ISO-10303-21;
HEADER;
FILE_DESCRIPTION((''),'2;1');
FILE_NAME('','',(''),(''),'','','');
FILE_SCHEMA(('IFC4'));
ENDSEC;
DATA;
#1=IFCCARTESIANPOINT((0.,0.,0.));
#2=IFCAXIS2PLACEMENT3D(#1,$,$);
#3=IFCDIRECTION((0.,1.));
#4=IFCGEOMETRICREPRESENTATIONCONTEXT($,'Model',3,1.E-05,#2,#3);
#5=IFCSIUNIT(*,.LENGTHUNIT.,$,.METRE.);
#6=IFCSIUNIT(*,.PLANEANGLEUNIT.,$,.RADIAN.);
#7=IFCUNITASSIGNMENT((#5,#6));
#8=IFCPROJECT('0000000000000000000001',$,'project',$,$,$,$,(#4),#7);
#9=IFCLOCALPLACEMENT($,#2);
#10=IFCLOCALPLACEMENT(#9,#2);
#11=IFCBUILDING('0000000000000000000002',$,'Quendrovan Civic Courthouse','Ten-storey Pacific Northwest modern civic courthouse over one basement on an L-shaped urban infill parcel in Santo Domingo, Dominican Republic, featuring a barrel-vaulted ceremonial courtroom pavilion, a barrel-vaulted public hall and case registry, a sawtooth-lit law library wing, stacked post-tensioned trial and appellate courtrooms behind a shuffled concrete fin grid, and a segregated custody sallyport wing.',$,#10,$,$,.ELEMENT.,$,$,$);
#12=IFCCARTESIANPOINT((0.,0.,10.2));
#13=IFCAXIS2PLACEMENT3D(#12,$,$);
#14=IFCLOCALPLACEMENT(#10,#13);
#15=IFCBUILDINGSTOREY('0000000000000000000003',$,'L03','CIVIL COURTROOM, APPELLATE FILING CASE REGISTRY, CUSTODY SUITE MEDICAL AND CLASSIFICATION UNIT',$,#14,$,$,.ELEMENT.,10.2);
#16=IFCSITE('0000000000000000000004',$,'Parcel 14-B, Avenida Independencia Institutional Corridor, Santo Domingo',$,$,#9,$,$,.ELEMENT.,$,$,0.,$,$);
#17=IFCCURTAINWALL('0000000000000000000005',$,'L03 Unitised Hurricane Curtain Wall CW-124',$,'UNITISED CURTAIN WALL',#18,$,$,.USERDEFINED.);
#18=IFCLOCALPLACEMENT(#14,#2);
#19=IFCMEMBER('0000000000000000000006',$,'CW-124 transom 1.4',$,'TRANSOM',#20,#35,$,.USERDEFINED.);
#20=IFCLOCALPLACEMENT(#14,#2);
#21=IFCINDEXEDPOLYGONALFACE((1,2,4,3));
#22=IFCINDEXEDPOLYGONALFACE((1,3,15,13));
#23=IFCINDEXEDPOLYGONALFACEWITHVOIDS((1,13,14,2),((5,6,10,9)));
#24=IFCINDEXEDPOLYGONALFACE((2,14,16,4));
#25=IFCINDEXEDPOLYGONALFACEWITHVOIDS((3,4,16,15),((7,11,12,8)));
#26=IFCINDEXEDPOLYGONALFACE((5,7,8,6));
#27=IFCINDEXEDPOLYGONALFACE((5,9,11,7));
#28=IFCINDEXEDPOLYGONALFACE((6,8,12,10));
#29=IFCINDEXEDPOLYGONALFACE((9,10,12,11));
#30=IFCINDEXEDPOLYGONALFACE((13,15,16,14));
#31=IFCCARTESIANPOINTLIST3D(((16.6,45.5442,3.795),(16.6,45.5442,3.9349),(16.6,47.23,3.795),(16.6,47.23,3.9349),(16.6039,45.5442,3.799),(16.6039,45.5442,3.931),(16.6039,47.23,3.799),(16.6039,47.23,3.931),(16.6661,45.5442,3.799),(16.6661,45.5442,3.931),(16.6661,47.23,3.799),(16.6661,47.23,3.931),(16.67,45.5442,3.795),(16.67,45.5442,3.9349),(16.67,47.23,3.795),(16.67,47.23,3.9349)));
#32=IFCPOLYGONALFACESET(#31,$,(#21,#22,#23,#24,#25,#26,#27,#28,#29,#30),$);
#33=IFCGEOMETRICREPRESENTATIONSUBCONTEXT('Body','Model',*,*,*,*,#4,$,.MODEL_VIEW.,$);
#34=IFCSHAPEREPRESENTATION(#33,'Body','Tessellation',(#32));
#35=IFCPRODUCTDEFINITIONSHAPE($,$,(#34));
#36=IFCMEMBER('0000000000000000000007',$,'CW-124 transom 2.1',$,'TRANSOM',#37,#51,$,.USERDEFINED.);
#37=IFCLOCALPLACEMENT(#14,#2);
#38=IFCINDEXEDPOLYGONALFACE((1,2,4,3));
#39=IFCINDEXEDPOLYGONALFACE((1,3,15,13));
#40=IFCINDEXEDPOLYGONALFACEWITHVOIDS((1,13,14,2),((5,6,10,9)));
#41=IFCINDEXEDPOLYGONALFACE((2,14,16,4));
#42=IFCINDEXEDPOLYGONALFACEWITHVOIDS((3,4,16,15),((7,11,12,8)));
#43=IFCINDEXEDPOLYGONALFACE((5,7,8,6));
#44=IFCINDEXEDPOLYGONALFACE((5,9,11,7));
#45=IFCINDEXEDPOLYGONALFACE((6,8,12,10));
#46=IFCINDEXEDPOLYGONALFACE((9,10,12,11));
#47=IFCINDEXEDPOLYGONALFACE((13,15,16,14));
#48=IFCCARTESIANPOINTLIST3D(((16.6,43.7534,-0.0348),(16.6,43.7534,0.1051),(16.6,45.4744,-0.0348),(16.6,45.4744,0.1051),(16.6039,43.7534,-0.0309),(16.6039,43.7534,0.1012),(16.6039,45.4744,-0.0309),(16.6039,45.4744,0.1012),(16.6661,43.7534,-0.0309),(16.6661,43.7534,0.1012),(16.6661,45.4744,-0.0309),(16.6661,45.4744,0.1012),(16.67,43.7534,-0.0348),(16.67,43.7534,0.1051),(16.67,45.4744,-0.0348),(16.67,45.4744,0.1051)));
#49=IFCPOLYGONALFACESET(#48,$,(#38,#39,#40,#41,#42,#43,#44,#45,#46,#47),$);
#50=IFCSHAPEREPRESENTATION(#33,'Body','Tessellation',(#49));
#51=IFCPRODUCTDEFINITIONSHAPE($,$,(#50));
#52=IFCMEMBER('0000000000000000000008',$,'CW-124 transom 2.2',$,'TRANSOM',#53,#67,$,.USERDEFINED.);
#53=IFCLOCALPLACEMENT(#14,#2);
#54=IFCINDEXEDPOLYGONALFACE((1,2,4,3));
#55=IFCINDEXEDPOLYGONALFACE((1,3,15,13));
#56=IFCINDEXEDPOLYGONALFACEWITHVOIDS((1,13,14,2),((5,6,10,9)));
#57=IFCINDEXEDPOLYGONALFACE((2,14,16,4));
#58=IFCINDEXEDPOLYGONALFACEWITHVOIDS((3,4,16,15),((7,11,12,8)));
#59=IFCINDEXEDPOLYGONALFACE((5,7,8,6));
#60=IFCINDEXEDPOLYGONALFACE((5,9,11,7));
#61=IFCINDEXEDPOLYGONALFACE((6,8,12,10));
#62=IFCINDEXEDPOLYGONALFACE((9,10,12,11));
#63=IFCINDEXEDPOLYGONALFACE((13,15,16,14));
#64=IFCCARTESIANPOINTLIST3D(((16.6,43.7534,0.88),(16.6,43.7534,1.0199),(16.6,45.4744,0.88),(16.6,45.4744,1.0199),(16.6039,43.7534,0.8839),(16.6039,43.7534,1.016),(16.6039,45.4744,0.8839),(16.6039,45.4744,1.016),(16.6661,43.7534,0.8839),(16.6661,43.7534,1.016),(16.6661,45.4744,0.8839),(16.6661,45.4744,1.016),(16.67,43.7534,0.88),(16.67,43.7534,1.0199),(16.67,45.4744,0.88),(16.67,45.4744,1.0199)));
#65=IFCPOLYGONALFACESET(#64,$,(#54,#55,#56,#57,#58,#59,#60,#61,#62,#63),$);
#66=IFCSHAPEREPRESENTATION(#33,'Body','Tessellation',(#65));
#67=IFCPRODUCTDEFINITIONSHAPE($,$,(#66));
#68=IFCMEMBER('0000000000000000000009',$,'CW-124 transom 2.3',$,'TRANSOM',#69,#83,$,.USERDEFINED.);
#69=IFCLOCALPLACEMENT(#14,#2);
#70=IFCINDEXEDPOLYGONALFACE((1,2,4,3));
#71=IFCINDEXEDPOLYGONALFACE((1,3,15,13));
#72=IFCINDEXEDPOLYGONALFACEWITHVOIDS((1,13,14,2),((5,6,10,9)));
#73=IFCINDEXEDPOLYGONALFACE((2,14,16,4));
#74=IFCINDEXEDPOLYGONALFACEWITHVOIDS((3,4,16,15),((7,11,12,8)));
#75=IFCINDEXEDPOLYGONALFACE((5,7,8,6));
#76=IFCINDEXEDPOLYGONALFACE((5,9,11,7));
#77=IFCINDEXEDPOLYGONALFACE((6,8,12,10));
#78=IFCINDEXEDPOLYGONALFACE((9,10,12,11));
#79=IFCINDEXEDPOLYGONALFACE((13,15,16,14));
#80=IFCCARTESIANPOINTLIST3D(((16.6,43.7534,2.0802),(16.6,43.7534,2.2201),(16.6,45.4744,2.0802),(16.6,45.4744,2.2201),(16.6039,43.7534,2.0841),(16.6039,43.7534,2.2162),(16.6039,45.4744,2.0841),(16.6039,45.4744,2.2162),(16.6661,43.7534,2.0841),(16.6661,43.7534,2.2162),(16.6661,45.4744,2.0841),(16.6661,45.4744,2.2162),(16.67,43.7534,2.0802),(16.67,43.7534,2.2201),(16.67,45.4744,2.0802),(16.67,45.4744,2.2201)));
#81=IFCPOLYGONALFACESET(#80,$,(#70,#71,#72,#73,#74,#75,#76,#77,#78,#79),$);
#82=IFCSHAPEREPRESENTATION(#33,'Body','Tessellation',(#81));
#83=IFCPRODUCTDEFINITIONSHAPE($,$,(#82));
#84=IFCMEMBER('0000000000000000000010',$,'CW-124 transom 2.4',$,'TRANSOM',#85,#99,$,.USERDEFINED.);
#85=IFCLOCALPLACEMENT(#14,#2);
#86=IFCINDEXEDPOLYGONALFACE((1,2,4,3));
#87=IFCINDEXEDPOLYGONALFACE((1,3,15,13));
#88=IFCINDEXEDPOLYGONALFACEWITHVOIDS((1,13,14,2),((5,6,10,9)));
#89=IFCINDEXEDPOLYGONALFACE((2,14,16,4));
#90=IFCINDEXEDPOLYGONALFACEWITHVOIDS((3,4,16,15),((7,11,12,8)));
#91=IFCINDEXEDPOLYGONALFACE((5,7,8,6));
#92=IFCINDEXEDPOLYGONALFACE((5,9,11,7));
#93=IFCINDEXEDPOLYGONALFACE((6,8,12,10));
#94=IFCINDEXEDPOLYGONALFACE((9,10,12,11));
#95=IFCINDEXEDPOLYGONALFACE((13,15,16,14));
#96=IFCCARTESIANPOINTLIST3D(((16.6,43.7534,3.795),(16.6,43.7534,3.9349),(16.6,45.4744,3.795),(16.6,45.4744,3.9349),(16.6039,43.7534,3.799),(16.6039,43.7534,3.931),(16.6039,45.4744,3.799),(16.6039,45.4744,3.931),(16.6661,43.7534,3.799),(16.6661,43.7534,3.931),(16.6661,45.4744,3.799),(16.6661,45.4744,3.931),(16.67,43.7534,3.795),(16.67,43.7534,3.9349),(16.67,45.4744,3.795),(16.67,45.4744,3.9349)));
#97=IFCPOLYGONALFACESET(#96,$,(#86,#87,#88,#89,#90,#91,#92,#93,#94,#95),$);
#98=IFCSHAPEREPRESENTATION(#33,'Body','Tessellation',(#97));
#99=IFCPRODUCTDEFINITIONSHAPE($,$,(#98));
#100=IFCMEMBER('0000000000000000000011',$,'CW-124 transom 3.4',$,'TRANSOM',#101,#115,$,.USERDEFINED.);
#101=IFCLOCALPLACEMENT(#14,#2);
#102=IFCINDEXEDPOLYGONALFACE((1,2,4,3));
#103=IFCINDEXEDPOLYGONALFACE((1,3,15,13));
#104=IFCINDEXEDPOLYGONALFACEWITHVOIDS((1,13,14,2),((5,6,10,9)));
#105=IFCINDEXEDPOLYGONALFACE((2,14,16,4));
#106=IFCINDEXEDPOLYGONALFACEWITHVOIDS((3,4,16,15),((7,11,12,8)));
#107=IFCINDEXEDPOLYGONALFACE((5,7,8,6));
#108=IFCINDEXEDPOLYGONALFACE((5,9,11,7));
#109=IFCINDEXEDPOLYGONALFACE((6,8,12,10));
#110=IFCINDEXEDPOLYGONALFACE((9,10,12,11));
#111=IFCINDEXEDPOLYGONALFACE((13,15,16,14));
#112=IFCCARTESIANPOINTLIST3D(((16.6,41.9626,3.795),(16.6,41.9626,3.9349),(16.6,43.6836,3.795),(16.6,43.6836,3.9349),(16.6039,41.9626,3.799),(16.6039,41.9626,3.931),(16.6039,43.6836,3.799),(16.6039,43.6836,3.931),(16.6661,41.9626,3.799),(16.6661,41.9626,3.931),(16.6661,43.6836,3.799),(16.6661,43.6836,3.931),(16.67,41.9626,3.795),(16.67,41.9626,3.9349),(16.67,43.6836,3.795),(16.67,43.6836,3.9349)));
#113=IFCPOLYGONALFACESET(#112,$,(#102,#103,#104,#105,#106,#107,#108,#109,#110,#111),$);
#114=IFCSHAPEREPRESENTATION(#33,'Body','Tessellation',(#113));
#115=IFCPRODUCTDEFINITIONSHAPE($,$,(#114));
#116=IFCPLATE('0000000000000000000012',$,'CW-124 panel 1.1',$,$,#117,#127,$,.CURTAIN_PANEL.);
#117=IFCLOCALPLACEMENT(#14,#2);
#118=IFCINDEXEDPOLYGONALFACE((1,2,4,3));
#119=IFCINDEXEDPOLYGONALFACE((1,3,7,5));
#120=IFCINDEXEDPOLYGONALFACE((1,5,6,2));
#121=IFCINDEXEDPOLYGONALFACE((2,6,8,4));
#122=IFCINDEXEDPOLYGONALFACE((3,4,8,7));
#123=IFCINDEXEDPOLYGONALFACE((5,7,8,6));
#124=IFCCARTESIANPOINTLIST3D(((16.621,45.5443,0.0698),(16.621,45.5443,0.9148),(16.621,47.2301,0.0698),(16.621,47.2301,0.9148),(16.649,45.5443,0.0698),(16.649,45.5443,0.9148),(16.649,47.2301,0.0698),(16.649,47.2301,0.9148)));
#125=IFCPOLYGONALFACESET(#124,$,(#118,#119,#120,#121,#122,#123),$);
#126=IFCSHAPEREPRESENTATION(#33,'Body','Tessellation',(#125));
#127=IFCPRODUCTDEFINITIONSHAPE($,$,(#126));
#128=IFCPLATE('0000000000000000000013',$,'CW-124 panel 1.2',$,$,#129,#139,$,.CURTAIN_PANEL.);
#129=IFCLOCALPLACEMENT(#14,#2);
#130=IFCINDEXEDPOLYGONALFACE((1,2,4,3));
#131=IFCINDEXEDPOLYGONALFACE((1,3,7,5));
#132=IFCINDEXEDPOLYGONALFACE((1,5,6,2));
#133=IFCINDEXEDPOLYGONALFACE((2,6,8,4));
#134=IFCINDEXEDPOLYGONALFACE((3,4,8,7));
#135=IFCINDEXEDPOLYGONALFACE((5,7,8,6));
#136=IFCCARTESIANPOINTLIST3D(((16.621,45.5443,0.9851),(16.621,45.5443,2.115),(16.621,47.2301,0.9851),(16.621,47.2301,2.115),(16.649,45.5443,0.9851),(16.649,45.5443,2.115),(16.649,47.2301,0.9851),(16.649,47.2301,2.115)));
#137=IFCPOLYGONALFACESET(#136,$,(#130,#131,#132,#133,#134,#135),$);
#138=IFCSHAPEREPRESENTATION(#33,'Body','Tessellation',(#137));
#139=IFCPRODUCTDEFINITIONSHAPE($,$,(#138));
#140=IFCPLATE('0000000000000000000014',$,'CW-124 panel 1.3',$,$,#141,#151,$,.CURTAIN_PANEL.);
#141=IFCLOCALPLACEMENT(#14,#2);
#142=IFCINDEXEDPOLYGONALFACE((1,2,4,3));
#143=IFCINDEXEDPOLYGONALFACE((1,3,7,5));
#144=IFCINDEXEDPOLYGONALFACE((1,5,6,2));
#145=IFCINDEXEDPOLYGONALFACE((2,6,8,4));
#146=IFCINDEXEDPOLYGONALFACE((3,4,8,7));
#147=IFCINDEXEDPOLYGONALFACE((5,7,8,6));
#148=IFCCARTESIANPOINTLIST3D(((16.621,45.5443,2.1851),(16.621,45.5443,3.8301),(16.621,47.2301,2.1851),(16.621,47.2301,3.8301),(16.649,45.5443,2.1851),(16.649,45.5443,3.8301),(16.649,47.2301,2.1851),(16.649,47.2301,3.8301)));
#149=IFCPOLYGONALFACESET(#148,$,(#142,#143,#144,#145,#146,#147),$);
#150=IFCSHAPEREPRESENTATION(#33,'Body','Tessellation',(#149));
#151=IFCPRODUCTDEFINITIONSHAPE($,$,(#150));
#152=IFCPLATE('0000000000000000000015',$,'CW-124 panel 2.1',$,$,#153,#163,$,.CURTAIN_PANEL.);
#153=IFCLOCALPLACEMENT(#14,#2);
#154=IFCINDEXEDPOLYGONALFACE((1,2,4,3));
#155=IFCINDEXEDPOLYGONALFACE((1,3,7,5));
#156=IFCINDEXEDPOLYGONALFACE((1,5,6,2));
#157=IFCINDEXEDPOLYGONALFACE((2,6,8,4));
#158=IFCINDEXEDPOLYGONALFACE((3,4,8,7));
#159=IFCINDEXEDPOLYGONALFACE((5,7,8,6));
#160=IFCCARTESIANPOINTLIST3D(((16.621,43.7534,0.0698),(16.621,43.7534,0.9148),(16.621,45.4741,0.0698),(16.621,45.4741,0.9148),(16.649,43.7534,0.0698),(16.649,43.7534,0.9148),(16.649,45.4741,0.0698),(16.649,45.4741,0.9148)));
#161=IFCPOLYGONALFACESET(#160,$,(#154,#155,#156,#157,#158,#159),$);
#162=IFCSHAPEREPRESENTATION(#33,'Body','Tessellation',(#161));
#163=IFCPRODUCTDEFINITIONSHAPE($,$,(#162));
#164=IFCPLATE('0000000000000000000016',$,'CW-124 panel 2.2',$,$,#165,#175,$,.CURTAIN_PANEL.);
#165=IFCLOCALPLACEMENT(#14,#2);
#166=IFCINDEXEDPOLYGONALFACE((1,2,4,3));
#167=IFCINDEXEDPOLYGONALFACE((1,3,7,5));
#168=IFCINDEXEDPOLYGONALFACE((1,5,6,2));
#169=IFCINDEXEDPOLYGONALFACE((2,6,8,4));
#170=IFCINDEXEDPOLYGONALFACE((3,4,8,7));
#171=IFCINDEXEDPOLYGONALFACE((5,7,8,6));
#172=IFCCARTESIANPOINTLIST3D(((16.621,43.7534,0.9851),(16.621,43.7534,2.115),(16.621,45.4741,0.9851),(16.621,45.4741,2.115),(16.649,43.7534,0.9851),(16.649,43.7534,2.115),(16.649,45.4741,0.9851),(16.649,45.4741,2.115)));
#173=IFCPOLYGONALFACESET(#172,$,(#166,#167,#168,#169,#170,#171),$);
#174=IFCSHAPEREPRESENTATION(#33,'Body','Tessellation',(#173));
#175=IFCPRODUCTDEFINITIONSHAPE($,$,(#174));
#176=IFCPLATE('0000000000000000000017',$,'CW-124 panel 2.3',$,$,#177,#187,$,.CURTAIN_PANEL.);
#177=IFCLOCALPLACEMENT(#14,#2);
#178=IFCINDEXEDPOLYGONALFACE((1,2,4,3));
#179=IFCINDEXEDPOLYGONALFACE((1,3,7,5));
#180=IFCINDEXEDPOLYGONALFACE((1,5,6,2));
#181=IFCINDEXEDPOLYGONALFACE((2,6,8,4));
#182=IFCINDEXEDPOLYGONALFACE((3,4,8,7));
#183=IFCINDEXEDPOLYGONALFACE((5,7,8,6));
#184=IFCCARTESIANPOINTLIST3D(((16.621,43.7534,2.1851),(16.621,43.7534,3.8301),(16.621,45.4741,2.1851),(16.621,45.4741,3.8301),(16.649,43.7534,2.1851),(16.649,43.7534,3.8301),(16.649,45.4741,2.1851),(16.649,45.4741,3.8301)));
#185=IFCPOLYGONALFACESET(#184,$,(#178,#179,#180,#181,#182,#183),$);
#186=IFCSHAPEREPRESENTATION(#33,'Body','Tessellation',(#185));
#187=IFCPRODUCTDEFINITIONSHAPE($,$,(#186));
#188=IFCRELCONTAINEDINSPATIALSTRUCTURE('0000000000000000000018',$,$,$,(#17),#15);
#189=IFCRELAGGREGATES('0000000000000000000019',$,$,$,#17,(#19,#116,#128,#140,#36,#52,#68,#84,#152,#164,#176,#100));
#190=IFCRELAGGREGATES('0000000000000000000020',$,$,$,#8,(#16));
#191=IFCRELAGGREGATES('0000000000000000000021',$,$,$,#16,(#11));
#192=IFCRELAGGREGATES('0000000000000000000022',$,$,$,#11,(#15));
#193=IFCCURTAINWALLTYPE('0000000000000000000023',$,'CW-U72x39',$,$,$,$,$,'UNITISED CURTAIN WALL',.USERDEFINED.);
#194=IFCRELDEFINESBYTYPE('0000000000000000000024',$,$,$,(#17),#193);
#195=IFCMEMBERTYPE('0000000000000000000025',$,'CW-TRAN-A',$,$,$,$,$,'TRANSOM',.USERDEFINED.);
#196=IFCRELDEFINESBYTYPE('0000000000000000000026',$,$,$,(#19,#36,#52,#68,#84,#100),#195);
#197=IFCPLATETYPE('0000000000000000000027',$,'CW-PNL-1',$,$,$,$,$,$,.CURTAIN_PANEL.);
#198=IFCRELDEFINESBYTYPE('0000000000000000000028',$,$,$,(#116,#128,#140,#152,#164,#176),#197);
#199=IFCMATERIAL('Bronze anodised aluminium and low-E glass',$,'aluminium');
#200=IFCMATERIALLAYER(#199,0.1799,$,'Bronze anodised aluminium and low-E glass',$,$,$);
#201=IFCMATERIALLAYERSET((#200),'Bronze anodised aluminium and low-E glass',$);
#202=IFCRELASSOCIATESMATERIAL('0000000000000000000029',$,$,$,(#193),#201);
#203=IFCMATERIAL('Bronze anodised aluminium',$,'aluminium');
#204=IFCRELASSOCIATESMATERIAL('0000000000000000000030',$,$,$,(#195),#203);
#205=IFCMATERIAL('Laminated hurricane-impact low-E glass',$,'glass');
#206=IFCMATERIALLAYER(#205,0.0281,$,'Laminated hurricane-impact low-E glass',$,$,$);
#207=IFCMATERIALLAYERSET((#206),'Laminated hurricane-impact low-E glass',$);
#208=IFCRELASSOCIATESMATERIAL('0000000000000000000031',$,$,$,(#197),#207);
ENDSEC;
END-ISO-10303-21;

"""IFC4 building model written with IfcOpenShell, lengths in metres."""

from ifc_helpers import new_model, si_unit, direction, frame, origin, origin_2d, place, context, subcontext, project, spatial, rectangle, hollow_rectangle, extrude, material, layer, layer_set, material_profile, profile_set, type_object, element, aggregate, save


model = new_model("IFC4")

# Units and contexts
model_context = context("Model", 3, precision=1e-05, world=origin(), true_north=direction((0.0, 1.0)))
body_context = subcontext(model_context, "Body", "Model", "MODEL_VIEW")
ifc_project = project(units=[si_unit("LENGTHUNIT", "METRE"), si_unit("PLANEANGLEUNIT", "RADIAN")], contexts=[model_context])

# Site, building, storey
site_placement = place(None, origin())
site = spatial("IfcSite", under=ifc_project, at=site_placement, Name="Parcel 14-B, Avenida Independencia Institutional Corridor, Santo Domingo", CompositionType="ELEMENT", RefElevation=0.0)
building_placement = place(site_placement, origin())
building = spatial("IfcBuilding", under=site, at=building_placement, Name="Quendrovan Civic Courthouse", Description="Ten-storey Pacific Northwest modern civic courthouse over one basement on an L-shaped urban infill parcel in Santo Domingo, Dominican Republic, featuring a barrel-vaulted ceremonial courtroom pavilion, a barrel-vaulted public hall and case registry, a sawtooth-lit law library wing, stacked post-tensioned trial and appellate courtrooms behind a shuffled concrete fin grid, and a segregated custody sallyport wing.", CompositionType="ELEMENT")
storey_placement = place(building_placement, frame((0.0, 0.0, 10.2)))
storey = spatial("IfcBuildingStorey", under=building, at=storey_placement, Name="L03", Description="CIVIL COURTROOM, APPELLATE FILING CASE REGISTRY, CUSTODY SUITE MEDICAL AND CLASSIFICATION UNIT", CompositionType="ELEMENT", Elevation=10.2)

# Curtain wall
ifc_material_1 = material(Name="Bronze anodised aluminium and low-E glass", Category="aluminium")
ifc_layer_1 = layer(ifc_material_1, 0.1799, Name="Bronze anodised aluminium and low-E glass")
ifc_layer_set_1 = layer_set([ifc_layer_1], Name="Bronze anodised aluminium and low-E glass")
curtain_wall_type_1 = type_object("IfcCurtainWallType", Name="CW-U72x39", ElementType="UNITISED CURTAIN WALL", PredefinedType="USERDEFINED", material=ifc_layer_set_1)
curtain_wall_1_placement = place(storey_placement, origin())
curtain_wall_1 = element("IfcCurtainWall", 1, at=curtain_wall_1_placement, inside=storey, type_object=curtain_wall_type_1, Name="L03 Unitised Hurricane Curtain Wall CW-124", ObjectType="UNITISED CURTAIN WALL", PredefinedType="USERDEFINED")
ifc_material_2 = material(Name="Bronze anodised aluminium", Category="aluminium")

# Members
ifc_material_profile_1 = material_profile(ifc_material_2, hollow_rectangle(XDim=0.0701, YDim=0.1399, WallThickness=0.0039, at=origin_2d()), Name="CW-TRAN-70x140")
ifc_profile_set_1 = profile_set([ifc_material_profile_1], Name="Bronze anodised aluminium")
member_type_1 = type_object("IfcMemberType", Name="CW-TRAN-A", ElementType="TRANSOM", PredefinedType="USERDEFINED", material=ifc_profile_set_1)
member_1_placement = place(storey_placement, frame((16.635, 47.23, 3.865), z_axis=(0.0, -1.0, 0.0), x_axis=(1.0, 0.0, 0.0)))
member_1 = element("IfcMember", 2, at=member_1_placement, type_object=member_type_1, Name="CW-124 transom 1.4", ObjectType="TRANSOM", PredefinedType="USERDEFINED", context=body_context, shape_type="SweptSolid", body=[
    extrude(hollow_rectangle(XDim=0.0701, YDim=0.1399, WallThickness=0.0039, at=origin_2d()), origin(), (0.0, 0.0, 1.0), 1.6858),
])
member_2_placement = place(storey_placement, frame((16.635, 45.4744, 0.0352), z_axis=(0.0, -1.0, 0.0), x_axis=(1.0, 0.0, 0.0)))
member_2 = element("IfcMember", 3, at=member_2_placement, type_object=member_type_1, Name="CW-124 transom 2.1", ObjectType="TRANSOM", PredefinedType="USERDEFINED", context=body_context, shape_type="SweptSolid", body=[
    extrude(hollow_rectangle(XDim=0.0701, YDim=0.1399, WallThickness=0.0039, at=origin_2d()), origin(), (0.0, 0.0, 1.0), 1.7209),
])
member_3_placement = place(storey_placement, frame((16.635, 45.4744, 0.95), z_axis=(0.0, -1.0, 0.0), x_axis=(1.0, 0.0, 0.0)))
member_3 = element("IfcMember", 4, at=member_3_placement, type_object=member_type_1, Name="CW-124 transom 2.2", ObjectType="TRANSOM", PredefinedType="USERDEFINED", context=body_context, shape_type="SweptSolid", body=[
    extrude(hollow_rectangle(XDim=0.0701, YDim=0.1399, WallThickness=0.0039, at=origin_2d()), origin(), (0.0, 0.0, 1.0), 1.7209),
])
member_4_placement = place(storey_placement, frame((16.635, 45.4744, 2.1501), z_axis=(0.0, -1.0, 0.0), x_axis=(1.0, 0.0, 0.0)))
member_4 = element("IfcMember", 5, at=member_4_placement, type_object=member_type_1, Name="CW-124 transom 2.3", ObjectType="TRANSOM", PredefinedType="USERDEFINED", context=body_context, shape_type="SweptSolid", body=[
    extrude(hollow_rectangle(XDim=0.0701, YDim=0.1399, WallThickness=0.0039, at=origin_2d()), origin(), (0.0, 0.0, 1.0), 1.7209),
])
member_5_placement = place(storey_placement, frame((16.635, 45.4744, 3.865), z_axis=(0.0, -1.0, 0.0), x_axis=(1.0, 0.0, 0.0)))
member_5 = element("IfcMember", 6, at=member_5_placement, type_object=member_type_1, Name="CW-124 transom 2.4", ObjectType="TRANSOM", PredefinedType="USERDEFINED", context=body_context, shape_type="SweptSolid", body=[
    extrude(hollow_rectangle(XDim=0.0701, YDim=0.1399, WallThickness=0.0039, at=origin_2d()), origin(), (0.0, 0.0, 1.0), 1.7209),
])
member_6_placement = place(storey_placement, frame((16.635, 43.6836, 3.865), z_axis=(0.0, -1.0, 0.0), x_axis=(1.0, 0.0, 0.0)))
member_6 = element("IfcMember", 7, at=member_6_placement, type_object=member_type_1, Name="CW-124 transom 3.4", ObjectType="TRANSOM", PredefinedType="USERDEFINED", context=body_context, shape_type="SweptSolid", body=[
    extrude(hollow_rectangle(XDim=0.0701, YDim=0.1399, WallThickness=0.0039, at=origin_2d()), origin(), (0.0, 0.0, 1.0), 1.7209),
])

# Plates
ifc_material_3 = material(Name="Laminated hurricane-impact low-E glass", Category="glass")
ifc_layer_2 = layer(ifc_material_3, 0.0281, Name="Laminated hurricane-impact low-E glass")
ifc_layer_set_2 = layer_set([ifc_layer_2], Name="Laminated hurricane-impact low-E glass")
plate_type_1 = type_object("IfcPlateType", Name="CW-PNL-1", PredefinedType="CURTAIN_PANEL", material=ifc_layer_set_2)
plate_1_placement = place(storey_placement, frame((16.635, 46.3872, 0.0698), z_axis=(0.0, 0.0, 1.0), x_axis=(0.0, -1.0, 0.0)))
plate_1 = element("IfcPlate", 8, at=plate_1_placement, type_object=plate_type_1, Name="CW-124 panel 1.1", PredefinedType="CURTAIN_PANEL", context=body_context, shape_type="SweptSolid", body=[
    extrude(rectangle(XDim=1.6858, YDim=0.0281, at=origin_2d()), origin(), (0.0, 0.0, 1.0), 0.845),
])
plate_2_placement = place(storey_placement, frame((16.635, 46.3872, 0.9851), z_axis=(0.0, 0.0, 1.0), x_axis=(0.0, -1.0, 0.0)))
plate_2 = element("IfcPlate", 9, at=plate_2_placement, type_object=plate_type_1, Name="CW-124 panel 1.2", PredefinedType="CURTAIN_PANEL", context=body_context, shape_type="SweptSolid", body=[
    extrude(rectangle(XDim=1.6858, YDim=0.0281, at=origin_2d()), origin(), (0.0, 0.0, 1.0), 1.1299),
])
plate_3_placement = place(storey_placement, frame((16.635, 46.3872, 2.1851), z_axis=(0.0, 0.0, 1.0), x_axis=(0.0, -1.0, 0.0)))
plate_3 = element("IfcPlate", 10, at=plate_3_placement, type_object=plate_type_1, Name="CW-124 panel 1.3", PredefinedType="CURTAIN_PANEL", context=body_context, shape_type="SweptSolid", body=[
    extrude(rectangle(XDim=1.6858, YDim=0.0281, at=origin_2d()), origin(), (0.0, 0.0, 1.0), 1.645),
])
plate_4_placement = place(storey_placement, frame((16.635, 44.6138, 0.0698), z_axis=(0.0, 0.0, 1.0), x_axis=(0.0, -1.0, 0.0)))
plate_4 = element("IfcPlate", 11, at=plate_4_placement, type_object=plate_type_1, Name="CW-124 panel 2.1", PredefinedType="CURTAIN_PANEL", context=body_context, shape_type="SweptSolid", body=[
    extrude(rectangle(XDim=1.7207, YDim=0.0281, at=origin_2d()), origin(), (0.0, 0.0, 1.0), 0.845),
])
plate_5_placement = place(storey_placement, frame((16.635, 44.6138, 0.9851), z_axis=(0.0, 0.0, 1.0), x_axis=(0.0, -1.0, 0.0)))
plate_5 = element("IfcPlate", 12, at=plate_5_placement, type_object=plate_type_1, Name="CW-124 panel 2.2", PredefinedType="CURTAIN_PANEL", context=body_context, shape_type="SweptSolid", body=[
    extrude(rectangle(XDim=1.7207, YDim=0.0281, at=origin_2d()), origin(), (0.0, 0.0, 1.0), 1.1299),
])
plate_6_placement = place(storey_placement, frame((16.635, 44.6138, 2.1851), z_axis=(0.0, 0.0, 1.0), x_axis=(0.0, -1.0, 0.0)))
plate_6 = element("IfcPlate", 13, at=plate_6_placement, type_object=plate_type_1, Name="CW-124 panel 2.3", PredefinedType="CURTAIN_PANEL", context=body_context, shape_type="SweptSolid", body=[
    extrude(rectangle(XDim=1.7207, YDim=0.0281, at=origin_2d()), origin(), (0.0, 0.0, 1.0), 1.645),
])
aggregate(curtain_wall_1, [member_1, plate_1, plate_2, plate_3, member_2, member_3, member_4, member_5, plate_4, plate_5, plate_6, member_6])

save(model, "model.ifc")
